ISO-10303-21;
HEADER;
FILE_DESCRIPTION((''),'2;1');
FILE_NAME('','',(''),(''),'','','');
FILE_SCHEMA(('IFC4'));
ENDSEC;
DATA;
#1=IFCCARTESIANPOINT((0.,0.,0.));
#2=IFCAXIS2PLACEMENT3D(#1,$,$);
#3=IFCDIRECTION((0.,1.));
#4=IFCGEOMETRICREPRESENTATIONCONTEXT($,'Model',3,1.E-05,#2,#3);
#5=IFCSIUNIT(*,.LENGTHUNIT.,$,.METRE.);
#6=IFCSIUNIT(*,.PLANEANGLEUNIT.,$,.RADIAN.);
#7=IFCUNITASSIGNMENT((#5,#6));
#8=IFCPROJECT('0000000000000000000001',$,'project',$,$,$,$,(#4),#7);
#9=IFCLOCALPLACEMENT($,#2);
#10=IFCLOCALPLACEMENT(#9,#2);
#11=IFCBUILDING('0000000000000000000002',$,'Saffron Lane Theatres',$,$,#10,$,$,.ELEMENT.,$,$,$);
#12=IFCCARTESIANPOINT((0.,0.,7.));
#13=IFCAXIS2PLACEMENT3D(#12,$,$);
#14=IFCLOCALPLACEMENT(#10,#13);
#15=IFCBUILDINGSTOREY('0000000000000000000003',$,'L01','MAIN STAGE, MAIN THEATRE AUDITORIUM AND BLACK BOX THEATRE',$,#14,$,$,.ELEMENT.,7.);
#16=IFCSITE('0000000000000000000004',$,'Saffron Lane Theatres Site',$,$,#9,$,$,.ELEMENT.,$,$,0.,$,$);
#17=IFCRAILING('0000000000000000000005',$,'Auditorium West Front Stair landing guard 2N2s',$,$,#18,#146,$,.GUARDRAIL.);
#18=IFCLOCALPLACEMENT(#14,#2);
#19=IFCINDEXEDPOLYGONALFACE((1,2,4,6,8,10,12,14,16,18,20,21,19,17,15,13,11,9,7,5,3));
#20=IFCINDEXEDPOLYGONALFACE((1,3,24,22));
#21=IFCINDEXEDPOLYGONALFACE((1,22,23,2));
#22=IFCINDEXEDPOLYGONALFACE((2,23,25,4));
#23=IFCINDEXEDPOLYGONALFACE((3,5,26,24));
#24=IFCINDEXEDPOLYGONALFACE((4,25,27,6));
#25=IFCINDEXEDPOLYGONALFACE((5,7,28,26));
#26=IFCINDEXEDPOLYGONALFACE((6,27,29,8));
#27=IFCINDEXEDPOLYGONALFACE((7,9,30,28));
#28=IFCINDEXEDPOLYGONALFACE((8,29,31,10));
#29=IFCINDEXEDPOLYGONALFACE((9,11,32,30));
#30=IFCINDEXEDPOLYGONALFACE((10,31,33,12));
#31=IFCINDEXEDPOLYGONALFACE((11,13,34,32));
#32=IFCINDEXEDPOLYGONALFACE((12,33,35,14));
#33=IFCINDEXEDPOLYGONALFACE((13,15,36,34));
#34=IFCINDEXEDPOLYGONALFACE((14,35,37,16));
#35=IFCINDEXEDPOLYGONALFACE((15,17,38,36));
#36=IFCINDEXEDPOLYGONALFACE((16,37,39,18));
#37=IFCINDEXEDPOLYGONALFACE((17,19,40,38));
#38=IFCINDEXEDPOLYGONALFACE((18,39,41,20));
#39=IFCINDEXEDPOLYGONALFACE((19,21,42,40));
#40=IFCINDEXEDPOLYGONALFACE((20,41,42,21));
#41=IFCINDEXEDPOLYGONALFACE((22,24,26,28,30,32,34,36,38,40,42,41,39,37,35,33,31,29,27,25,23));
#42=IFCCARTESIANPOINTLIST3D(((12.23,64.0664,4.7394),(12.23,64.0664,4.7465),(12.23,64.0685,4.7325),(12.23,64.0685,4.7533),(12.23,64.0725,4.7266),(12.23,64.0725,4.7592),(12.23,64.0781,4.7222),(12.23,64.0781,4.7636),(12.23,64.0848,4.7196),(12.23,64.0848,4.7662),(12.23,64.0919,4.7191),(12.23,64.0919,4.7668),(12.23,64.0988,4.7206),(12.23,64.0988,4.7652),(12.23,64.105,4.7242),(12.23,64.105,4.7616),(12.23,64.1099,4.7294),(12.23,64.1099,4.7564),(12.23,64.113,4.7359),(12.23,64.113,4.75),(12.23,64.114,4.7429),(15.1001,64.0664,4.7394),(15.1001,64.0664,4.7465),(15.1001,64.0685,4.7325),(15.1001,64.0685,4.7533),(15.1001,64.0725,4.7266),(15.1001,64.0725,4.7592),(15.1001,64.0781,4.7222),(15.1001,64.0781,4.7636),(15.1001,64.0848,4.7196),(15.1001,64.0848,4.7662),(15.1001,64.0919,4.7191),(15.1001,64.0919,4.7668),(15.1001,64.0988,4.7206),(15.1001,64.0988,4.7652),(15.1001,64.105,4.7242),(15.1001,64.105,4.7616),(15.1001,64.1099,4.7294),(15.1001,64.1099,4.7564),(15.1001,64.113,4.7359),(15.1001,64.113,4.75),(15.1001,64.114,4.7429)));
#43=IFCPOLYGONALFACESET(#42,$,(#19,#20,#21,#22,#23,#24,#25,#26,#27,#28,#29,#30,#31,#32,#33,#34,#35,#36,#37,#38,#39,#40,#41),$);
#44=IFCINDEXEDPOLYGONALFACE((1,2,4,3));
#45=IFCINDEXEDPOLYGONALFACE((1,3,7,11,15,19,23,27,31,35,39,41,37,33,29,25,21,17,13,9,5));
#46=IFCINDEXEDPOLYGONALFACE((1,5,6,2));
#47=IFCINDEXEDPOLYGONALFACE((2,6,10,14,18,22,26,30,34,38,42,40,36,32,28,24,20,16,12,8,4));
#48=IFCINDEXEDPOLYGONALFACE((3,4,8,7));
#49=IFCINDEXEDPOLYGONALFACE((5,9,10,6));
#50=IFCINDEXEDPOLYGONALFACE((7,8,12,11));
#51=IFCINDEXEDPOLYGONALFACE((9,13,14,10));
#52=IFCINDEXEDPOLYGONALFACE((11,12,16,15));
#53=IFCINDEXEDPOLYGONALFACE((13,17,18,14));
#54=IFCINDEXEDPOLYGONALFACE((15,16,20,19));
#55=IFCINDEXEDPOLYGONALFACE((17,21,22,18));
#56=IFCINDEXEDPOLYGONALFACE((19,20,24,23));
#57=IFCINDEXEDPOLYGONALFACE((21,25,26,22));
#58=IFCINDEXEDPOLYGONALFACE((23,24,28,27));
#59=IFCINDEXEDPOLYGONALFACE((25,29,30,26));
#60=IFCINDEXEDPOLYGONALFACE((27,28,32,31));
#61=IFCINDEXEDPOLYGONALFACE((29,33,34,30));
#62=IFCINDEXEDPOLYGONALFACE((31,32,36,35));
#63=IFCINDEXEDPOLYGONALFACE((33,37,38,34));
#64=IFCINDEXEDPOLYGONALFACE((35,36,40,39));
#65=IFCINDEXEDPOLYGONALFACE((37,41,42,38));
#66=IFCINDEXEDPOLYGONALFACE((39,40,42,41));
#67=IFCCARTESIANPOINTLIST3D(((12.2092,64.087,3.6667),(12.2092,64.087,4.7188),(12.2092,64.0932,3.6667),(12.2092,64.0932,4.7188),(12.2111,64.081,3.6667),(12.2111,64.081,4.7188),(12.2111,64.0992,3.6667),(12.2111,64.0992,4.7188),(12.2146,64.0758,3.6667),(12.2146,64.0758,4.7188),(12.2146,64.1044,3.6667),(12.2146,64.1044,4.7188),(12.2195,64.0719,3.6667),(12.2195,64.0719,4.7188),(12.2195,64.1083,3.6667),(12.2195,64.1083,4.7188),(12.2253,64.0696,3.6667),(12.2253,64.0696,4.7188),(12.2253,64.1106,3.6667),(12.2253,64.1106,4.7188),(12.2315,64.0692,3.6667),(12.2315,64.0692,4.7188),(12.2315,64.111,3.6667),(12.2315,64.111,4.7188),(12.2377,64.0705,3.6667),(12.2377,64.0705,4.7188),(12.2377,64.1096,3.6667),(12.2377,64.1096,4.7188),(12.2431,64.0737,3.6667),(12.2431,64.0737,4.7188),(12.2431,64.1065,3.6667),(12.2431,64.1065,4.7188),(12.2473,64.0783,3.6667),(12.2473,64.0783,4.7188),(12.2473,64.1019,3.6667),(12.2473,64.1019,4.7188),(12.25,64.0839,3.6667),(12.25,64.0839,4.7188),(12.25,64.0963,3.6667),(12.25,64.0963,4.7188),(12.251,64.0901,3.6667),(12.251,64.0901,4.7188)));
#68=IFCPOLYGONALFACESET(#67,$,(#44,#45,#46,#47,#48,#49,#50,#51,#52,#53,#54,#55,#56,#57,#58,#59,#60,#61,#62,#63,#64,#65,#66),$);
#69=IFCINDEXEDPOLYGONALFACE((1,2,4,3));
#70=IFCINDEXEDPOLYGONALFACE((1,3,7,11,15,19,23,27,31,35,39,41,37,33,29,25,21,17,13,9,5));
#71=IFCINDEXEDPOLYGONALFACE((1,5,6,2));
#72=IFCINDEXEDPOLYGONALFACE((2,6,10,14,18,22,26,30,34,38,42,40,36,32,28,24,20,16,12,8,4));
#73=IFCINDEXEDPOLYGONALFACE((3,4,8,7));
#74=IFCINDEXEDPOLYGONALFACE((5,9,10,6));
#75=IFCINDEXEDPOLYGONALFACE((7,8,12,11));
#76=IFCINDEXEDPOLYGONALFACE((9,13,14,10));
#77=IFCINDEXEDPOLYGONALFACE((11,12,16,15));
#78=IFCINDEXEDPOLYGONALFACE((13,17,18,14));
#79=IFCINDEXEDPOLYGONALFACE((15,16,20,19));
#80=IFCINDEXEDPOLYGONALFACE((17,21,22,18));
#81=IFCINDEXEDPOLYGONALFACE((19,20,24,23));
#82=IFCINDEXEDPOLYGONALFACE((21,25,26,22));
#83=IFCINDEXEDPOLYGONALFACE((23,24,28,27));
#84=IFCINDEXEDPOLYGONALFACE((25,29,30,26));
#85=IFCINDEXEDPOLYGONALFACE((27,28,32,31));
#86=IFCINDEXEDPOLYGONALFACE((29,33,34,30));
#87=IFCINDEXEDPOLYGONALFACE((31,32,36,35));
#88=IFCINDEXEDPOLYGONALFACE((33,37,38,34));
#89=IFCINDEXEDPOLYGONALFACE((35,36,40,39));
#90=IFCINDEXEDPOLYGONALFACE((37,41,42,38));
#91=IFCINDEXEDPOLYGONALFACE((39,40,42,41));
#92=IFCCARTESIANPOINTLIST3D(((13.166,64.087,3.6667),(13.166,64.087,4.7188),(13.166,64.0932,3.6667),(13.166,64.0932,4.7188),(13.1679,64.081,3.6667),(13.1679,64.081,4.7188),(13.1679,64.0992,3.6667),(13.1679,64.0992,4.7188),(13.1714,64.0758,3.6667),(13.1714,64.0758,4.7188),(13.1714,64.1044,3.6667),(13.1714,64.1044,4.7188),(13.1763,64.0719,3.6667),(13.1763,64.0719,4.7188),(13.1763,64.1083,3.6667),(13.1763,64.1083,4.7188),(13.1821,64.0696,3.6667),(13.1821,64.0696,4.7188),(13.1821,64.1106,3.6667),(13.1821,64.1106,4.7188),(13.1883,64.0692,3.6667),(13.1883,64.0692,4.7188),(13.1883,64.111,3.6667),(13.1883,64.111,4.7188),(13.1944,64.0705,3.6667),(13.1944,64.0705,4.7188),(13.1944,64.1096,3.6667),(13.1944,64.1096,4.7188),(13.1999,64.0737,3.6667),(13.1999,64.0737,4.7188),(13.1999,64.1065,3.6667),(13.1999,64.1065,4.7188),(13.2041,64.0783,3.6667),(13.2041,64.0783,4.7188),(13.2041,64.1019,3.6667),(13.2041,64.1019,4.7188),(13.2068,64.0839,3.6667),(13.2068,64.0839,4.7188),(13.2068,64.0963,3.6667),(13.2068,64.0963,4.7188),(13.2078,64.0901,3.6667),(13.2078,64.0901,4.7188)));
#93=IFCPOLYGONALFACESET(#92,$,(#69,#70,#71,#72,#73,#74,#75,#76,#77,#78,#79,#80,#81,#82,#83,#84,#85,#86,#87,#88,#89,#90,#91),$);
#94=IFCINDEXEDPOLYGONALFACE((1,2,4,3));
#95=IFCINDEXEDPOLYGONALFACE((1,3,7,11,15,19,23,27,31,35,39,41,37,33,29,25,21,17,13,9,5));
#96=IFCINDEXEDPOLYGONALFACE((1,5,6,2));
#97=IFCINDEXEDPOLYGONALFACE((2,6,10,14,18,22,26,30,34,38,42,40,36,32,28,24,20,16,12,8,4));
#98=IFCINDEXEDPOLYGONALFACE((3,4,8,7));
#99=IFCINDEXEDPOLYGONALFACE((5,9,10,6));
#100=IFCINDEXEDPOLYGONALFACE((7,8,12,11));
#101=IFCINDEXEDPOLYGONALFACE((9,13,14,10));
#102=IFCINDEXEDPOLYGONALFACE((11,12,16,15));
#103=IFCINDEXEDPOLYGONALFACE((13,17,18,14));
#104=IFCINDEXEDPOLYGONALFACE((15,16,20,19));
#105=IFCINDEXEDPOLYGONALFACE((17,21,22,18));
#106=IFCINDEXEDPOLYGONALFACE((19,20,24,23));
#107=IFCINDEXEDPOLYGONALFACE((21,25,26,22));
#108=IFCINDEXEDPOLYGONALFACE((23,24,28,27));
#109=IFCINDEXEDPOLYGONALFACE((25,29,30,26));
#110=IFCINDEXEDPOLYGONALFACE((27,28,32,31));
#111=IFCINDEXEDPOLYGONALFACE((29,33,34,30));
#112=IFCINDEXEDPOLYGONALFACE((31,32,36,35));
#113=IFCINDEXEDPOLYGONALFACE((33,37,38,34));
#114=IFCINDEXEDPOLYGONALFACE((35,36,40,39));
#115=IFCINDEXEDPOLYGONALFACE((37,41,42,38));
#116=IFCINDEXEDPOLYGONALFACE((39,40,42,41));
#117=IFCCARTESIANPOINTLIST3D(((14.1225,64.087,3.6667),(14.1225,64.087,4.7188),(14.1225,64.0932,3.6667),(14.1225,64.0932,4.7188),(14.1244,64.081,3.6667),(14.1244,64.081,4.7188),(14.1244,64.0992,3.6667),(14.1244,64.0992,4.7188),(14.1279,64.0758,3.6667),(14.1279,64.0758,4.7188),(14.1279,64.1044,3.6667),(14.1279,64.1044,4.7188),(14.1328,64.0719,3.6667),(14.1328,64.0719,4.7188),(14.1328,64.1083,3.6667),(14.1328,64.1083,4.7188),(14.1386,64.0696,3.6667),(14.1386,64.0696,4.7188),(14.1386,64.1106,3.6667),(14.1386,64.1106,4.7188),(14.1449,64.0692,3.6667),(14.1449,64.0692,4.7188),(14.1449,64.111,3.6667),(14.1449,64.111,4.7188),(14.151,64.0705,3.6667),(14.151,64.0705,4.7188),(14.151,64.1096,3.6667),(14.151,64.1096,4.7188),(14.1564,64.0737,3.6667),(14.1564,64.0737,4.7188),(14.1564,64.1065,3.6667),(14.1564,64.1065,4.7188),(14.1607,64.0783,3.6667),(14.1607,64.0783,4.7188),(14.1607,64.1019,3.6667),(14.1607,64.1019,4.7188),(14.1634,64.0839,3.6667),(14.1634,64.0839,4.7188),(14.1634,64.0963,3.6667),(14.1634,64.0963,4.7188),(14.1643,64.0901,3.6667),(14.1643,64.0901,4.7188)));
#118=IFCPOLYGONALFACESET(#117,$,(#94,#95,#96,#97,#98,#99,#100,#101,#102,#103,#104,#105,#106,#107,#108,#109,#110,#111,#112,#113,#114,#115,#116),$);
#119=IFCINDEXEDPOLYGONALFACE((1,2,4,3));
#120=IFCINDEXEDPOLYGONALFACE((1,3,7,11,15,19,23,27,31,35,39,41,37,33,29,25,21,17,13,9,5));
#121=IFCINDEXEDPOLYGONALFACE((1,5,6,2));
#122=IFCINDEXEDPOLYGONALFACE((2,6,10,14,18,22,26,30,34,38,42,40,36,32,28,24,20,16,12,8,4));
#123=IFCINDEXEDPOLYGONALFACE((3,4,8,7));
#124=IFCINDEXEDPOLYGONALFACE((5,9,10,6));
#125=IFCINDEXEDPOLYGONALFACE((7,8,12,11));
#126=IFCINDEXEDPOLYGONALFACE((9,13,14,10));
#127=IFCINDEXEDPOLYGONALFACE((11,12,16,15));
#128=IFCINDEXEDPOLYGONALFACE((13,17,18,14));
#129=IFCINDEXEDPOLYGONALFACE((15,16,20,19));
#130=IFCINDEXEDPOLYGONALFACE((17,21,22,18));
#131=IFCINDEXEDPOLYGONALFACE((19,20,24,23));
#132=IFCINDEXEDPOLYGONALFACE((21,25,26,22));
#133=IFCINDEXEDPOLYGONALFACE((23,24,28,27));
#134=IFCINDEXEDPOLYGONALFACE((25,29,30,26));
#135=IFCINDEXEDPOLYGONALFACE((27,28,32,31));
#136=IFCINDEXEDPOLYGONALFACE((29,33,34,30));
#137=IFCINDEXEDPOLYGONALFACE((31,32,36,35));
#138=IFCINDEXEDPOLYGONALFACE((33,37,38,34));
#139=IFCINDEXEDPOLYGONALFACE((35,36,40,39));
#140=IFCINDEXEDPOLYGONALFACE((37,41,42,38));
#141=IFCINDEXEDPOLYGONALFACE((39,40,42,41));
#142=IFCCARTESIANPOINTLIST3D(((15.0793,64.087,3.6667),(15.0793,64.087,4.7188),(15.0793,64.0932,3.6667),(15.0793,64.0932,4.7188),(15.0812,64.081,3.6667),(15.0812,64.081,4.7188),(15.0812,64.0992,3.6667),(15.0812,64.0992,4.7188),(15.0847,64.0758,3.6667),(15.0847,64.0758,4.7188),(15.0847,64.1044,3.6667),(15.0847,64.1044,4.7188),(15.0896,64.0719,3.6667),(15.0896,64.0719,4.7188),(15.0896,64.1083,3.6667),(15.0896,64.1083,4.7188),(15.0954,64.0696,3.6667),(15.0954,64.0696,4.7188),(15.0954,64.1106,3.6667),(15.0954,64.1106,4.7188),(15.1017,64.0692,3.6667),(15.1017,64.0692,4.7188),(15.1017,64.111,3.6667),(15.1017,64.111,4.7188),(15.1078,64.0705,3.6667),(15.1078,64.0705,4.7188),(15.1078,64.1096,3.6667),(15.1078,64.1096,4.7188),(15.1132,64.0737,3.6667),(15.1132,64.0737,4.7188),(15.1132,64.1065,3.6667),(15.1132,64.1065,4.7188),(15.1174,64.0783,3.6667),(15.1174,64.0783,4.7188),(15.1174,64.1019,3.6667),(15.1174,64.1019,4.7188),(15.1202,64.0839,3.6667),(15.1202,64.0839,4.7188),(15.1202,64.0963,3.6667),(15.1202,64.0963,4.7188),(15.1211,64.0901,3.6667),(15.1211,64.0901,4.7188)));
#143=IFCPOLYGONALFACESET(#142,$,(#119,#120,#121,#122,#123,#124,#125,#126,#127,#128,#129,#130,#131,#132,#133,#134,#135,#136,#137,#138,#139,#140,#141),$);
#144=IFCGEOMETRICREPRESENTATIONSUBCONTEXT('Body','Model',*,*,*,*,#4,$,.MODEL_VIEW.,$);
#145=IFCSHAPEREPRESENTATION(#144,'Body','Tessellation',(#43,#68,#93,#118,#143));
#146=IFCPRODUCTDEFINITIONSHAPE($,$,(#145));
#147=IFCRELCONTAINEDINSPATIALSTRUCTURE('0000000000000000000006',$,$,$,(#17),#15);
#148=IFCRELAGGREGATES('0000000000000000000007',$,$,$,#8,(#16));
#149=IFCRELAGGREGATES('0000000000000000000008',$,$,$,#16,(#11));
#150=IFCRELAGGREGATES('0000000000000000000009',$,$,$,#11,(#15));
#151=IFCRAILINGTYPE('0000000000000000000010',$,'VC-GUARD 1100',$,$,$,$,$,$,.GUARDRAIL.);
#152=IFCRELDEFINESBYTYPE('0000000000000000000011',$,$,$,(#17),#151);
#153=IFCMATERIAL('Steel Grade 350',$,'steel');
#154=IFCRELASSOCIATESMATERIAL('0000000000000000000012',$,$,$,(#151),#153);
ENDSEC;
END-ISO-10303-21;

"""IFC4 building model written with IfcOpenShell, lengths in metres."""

from ifc_helpers import new_model, si_unit, direction, frame, origin, origin_2d, place, context, subcontext, project, spatial, circle, extrude, material, type_object, element, save


model = new_model("IFC4")

# Units and contexts
model_context = context("Model", 3, precision=1e-05, world=origin(), true_north=direction((0.0, 1.0)))
body_context = subcontext(model_context, "Body", "Model", "MODEL_VIEW")
ifc_project = project(units=[si_unit("LENGTHUNIT", "METRE"), si_unit("PLANEANGLEUNIT", "RADIAN")], contexts=[model_context])

# Site, building, storey
site_placement = place(None, origin())
site = spatial("IfcSite", under=ifc_project, at=site_placement, Name="Saffron Lane Theatres Site", CompositionType="ELEMENT", RefElevation=0.0)
building_placement = place(site_placement, origin())
building = spatial("IfcBuilding", under=site, at=building_placement, Name="Saffron Lane Theatres", CompositionType="ELEMENT")
storey_placement = place(building_placement, frame((0.0, 0.0, 7.0)))
storey = spatial("IfcBuildingStorey", under=building, at=storey_placement, Name="L01", Description="MAIN STAGE, MAIN THEATRE AUDITORIUM AND BLACK BOX THEATRE", CompositionType="ELEMENT", Elevation=7.0)

# Railing
ifc_material_1 = material(Name="Steel Grade 350", Category="steel")
railing_type_1 = type_object("IfcRailingType", Name="VC-GUARD 1100", PredefinedType="GUARDRAIL", material=ifc_material_1)
railing_1_placement = place(storey_placement, frame((12.23, 64.0901, 3.6667)))
element("IfcRailing", 1, at=railing_1_placement, inside=storey, type_object=railing_type_1, Name="Auditorium West Front Stair landing guard 2N2s", PredefinedType="GUARDRAIL", context=body_context, shape_type="SweptSolid", body=[
    extrude(circle(Radius=0.0239, at=origin_2d()), frame((0.0, 0.0, 1.0762), z_axis=(1.0, 0.0, 0.0), x_axis=(0.0, 1.0, 0.0)), (0.0, 0.0, 1.0), 2.8701),
    extrude(circle(Radius=0.021, at=origin_2d()), origin(), (0.0, 0.0, 1.0), 1.052),
    extrude(circle(Radius=0.021, at=origin_2d()), frame((0.9568, 0.0, 0.0)), (0.0, 0.0, 1.0), 1.052),
    extrude(circle(Radius=0.021, at=origin_2d()), frame((1.9133, 0.0, 0.0)), (0.0, 0.0, 1.0), 1.052),
    extrude(circle(Radius=0.021, at=origin_2d()), frame((2.8701, 0.0, 0.0)), (0.0, 0.0, 1.0), 1.052),
])

save(model, "model.ifc")
